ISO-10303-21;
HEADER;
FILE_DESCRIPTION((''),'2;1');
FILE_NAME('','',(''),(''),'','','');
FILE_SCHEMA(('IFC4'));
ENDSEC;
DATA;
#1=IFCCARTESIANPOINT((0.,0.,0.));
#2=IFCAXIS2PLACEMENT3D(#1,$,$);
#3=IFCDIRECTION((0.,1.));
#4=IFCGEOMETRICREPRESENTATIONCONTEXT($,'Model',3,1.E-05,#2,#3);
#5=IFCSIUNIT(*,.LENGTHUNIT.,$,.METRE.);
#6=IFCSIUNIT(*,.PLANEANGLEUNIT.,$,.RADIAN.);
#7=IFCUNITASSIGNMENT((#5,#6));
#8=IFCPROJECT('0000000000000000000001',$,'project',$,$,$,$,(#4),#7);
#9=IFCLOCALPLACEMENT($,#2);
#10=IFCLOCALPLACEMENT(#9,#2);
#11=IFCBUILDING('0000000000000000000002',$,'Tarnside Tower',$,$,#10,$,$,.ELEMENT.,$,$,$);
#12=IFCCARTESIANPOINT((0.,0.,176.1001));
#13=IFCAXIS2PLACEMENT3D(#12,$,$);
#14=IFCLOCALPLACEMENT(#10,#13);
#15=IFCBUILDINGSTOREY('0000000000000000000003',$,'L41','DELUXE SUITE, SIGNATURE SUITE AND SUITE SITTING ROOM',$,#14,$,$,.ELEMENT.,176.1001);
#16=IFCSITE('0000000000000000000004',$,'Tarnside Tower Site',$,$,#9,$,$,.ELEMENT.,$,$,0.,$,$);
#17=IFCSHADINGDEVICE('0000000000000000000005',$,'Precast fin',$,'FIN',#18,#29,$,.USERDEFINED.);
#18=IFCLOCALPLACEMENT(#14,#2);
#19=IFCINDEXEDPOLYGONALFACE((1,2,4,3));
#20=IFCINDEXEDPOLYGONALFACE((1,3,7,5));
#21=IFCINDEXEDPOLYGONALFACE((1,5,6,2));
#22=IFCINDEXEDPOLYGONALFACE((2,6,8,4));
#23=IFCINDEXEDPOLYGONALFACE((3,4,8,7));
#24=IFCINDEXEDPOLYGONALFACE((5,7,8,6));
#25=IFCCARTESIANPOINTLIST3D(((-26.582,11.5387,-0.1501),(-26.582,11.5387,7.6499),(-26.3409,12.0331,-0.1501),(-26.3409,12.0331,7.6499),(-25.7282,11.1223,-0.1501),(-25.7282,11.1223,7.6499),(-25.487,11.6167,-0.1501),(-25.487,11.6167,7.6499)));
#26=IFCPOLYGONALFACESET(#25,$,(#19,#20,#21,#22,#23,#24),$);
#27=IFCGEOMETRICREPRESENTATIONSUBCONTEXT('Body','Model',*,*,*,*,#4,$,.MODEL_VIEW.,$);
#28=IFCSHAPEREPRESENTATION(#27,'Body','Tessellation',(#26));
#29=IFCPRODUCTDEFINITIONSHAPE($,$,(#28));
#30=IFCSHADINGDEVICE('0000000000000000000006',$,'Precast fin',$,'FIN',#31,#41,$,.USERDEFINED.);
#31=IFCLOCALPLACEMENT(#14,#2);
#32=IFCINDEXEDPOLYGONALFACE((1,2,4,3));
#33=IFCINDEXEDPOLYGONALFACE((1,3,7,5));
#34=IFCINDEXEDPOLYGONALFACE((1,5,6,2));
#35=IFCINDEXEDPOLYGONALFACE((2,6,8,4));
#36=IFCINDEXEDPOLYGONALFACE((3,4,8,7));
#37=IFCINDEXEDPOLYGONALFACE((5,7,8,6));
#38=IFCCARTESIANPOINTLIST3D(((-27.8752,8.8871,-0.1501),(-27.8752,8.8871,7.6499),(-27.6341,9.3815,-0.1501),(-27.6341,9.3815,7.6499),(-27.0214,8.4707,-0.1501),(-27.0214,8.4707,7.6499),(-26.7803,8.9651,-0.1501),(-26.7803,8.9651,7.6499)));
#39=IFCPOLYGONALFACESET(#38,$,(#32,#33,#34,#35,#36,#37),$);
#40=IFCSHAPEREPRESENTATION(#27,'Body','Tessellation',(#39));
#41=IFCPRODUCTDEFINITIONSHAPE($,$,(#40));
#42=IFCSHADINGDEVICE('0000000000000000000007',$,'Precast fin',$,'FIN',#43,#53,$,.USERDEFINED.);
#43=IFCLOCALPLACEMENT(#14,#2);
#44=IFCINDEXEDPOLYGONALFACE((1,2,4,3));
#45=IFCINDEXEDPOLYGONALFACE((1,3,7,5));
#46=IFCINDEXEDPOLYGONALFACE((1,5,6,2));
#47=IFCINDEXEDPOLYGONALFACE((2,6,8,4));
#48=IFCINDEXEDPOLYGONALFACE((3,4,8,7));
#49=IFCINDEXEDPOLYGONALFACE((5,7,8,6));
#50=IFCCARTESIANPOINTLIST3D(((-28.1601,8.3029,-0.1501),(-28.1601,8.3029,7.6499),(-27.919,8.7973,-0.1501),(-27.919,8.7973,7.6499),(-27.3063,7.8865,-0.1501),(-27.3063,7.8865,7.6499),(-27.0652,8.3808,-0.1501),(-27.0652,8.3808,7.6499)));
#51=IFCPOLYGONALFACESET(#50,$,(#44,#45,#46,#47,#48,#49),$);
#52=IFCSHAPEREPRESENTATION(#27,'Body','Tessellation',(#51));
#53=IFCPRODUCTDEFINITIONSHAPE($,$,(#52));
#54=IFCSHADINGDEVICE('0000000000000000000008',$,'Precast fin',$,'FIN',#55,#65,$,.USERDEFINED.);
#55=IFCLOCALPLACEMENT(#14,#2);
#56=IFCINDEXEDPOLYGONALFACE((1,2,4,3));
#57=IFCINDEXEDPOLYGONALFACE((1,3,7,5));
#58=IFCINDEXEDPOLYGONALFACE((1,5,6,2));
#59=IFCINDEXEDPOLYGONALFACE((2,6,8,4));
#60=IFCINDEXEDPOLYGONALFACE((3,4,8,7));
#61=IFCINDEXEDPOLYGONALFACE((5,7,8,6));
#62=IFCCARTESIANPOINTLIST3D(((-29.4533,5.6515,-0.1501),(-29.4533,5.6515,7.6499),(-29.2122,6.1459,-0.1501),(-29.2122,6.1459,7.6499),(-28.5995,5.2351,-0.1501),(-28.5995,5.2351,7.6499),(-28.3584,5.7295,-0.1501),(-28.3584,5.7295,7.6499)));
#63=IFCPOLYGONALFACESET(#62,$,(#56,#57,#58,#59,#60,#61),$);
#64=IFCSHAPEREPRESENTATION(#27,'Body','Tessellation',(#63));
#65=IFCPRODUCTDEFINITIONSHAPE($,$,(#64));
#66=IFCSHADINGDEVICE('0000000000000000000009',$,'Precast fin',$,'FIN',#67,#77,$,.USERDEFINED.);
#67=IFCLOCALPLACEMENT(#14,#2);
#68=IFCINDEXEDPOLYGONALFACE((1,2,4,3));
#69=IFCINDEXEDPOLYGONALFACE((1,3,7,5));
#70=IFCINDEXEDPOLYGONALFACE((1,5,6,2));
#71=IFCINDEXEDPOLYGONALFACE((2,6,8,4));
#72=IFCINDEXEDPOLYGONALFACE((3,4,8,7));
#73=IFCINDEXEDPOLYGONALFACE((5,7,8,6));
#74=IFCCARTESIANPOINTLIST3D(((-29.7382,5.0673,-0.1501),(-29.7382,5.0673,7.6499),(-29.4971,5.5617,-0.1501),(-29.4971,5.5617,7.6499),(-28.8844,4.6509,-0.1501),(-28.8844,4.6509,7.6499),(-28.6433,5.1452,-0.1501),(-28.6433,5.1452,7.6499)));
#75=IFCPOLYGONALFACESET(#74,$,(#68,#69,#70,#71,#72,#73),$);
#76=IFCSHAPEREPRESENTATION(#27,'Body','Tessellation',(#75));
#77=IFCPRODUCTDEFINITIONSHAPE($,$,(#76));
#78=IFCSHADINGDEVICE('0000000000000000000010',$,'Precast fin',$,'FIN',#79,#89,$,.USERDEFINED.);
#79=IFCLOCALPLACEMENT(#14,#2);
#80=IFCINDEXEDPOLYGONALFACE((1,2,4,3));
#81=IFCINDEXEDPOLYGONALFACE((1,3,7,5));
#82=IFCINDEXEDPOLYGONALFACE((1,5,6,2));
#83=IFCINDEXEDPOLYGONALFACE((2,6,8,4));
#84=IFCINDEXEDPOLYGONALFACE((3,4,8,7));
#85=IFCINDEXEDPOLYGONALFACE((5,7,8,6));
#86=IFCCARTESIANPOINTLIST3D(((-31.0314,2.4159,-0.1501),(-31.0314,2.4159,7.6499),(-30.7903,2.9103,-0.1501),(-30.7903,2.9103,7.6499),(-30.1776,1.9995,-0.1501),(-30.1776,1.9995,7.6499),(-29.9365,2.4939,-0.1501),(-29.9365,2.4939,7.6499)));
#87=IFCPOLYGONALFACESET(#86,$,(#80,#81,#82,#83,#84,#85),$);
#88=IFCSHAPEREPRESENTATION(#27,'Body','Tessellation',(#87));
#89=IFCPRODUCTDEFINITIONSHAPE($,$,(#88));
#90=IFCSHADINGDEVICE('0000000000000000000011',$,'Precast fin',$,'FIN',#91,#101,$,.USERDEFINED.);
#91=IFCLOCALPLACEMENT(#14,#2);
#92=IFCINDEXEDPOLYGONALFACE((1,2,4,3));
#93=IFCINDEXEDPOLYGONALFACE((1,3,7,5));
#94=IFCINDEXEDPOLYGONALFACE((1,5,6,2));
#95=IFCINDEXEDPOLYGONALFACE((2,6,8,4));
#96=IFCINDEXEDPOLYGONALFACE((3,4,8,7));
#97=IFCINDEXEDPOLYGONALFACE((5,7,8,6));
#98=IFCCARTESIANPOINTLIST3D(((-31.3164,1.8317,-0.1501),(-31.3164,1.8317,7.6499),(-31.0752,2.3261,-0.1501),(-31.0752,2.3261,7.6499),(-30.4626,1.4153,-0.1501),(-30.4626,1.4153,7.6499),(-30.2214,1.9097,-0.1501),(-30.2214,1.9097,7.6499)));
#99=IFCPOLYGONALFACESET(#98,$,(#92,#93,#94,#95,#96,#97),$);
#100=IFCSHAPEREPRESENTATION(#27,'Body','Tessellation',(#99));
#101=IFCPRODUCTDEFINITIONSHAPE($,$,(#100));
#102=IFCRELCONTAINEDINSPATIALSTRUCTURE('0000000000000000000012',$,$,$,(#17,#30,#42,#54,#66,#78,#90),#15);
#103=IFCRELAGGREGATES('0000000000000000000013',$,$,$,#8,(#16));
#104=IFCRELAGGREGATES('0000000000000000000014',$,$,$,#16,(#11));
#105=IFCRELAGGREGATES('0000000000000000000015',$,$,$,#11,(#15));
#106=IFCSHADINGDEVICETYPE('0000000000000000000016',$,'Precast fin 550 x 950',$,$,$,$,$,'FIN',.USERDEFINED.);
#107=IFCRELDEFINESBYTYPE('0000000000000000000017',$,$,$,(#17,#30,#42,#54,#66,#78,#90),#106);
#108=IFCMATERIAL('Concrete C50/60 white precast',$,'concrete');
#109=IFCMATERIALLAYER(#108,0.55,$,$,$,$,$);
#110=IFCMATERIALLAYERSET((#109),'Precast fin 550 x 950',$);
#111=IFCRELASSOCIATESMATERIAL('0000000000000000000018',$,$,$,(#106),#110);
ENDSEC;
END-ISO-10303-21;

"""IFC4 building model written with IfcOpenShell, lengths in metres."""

from ifc_helpers import new_model, si_unit, direction, frame, origin, place, context, subcontext, project, spatial, polyline, outline, extrude, material, layer, layer_set, type_object, element, save


model = new_model("IFC4")

# Units and contexts
model_context = context("Model", 3, precision=1e-05, world=origin(), true_north=direction((0.0, 1.0)))
body_context = subcontext(model_context, "Body", "Model", "MODEL_VIEW")
ifc_project = project(units=[si_unit("LENGTHUNIT", "METRE"), si_unit("PLANEANGLEUNIT", "RADIAN")], contexts=[model_context])

# Site, building, storey
site_placement = place(None, origin())
site = spatial("IfcSite", under=ifc_project, at=site_placement, Name="Tarnside Tower Site", CompositionType="ELEMENT", RefElevation=0.0)
building_placement = place(site_placement, origin())
building = spatial("IfcBuilding", under=site, at=building_placement, Name="Tarnside Tower", CompositionType="ELEMENT")
storey_placement = place(building_placement, frame((0.0, 0.0, 176.1001)))
storey = spatial("IfcBuildingStorey", under=building, at=storey_placement, Name="L41", Description="DELUXE SUITE, SIGNATURE SUITE AND SUITE SITTING ROOM", CompositionType="ELEMENT", Elevation=176.1001)

# Shading devices
ifc_material_1 = material(Name="Concrete C50/60 white precast", Category="concrete")
ifc_layer_1 = layer(ifc_material_1, 0.55)
ifc_layer_set_1 = layer_set([ifc_layer_1], Name="Precast fin 550 x 950")
shading_device_type_1 = type_object("IfcShadingDeviceType", Name="Precast fin 550 x 950", ElementType="FIN", PredefinedType="USERDEFINED", material=ifc_layer_set_1)
for number, where, z_axis, x_axis, name in (
    (1, (-25.6077, 11.3694, -0.1501), (0.438371, 0.898794, 0.0), (-0.898794, 0.438371, 0.0), "Precast fin"),
    (2, (-26.9009, 8.7178, -0.1501), (0.438371, 0.898794, 0.0), (-0.898794, 0.438371, 0.0), "Precast fin"),
    (3, (-27.1858, 8.1335, -0.1501), (0.438371, 0.898794, 0.0), (-0.898794, 0.438371, 0.0), "Precast fin"),
    (4, (-28.479, 5.4822, -0.1501), (0.438371, 0.898794, 0.0), (-0.898794, 0.438371, 0.0), "Precast fin"),
    (5, (-28.7639, 4.8979, -0.1501), (0.438371, 0.898794, 0.0), (-0.898794, 0.438371, 0.0), "Precast fin"),
    (6, (-30.0571, 2.2466, -0.1501), (0.438371, 0.898794, 0.0), (-0.898794, 0.438371, 0.0), "Precast fin"),
    (7, (-30.342, 1.6624, -0.1501), (0.438371, 0.898794, 0.0), (-0.898794, 0.438371, 0.0), "Precast fin"),
):
    element("IfcShadingDevice", number, at=place(storey_placement, frame(where, z_axis=z_axis, x_axis=x_axis)), inside=storey, type_object=shading_device_type_1, Name=name, ObjectType="FIN", PredefinedType="USERDEFINED", context=body_context, shape_type="SweptSolid", body=[
        extrude(outline(polyline([(0.0, 0.0), (0.95, 0.0), (0.95, 7.8), (0.0, 7.8), (0.0, 0.0)])), frame((0.0, 0.0, -0.2749)), (0.0, 0.0, 1.0), 0.55),
    ])

save(model, "model.ifc")
